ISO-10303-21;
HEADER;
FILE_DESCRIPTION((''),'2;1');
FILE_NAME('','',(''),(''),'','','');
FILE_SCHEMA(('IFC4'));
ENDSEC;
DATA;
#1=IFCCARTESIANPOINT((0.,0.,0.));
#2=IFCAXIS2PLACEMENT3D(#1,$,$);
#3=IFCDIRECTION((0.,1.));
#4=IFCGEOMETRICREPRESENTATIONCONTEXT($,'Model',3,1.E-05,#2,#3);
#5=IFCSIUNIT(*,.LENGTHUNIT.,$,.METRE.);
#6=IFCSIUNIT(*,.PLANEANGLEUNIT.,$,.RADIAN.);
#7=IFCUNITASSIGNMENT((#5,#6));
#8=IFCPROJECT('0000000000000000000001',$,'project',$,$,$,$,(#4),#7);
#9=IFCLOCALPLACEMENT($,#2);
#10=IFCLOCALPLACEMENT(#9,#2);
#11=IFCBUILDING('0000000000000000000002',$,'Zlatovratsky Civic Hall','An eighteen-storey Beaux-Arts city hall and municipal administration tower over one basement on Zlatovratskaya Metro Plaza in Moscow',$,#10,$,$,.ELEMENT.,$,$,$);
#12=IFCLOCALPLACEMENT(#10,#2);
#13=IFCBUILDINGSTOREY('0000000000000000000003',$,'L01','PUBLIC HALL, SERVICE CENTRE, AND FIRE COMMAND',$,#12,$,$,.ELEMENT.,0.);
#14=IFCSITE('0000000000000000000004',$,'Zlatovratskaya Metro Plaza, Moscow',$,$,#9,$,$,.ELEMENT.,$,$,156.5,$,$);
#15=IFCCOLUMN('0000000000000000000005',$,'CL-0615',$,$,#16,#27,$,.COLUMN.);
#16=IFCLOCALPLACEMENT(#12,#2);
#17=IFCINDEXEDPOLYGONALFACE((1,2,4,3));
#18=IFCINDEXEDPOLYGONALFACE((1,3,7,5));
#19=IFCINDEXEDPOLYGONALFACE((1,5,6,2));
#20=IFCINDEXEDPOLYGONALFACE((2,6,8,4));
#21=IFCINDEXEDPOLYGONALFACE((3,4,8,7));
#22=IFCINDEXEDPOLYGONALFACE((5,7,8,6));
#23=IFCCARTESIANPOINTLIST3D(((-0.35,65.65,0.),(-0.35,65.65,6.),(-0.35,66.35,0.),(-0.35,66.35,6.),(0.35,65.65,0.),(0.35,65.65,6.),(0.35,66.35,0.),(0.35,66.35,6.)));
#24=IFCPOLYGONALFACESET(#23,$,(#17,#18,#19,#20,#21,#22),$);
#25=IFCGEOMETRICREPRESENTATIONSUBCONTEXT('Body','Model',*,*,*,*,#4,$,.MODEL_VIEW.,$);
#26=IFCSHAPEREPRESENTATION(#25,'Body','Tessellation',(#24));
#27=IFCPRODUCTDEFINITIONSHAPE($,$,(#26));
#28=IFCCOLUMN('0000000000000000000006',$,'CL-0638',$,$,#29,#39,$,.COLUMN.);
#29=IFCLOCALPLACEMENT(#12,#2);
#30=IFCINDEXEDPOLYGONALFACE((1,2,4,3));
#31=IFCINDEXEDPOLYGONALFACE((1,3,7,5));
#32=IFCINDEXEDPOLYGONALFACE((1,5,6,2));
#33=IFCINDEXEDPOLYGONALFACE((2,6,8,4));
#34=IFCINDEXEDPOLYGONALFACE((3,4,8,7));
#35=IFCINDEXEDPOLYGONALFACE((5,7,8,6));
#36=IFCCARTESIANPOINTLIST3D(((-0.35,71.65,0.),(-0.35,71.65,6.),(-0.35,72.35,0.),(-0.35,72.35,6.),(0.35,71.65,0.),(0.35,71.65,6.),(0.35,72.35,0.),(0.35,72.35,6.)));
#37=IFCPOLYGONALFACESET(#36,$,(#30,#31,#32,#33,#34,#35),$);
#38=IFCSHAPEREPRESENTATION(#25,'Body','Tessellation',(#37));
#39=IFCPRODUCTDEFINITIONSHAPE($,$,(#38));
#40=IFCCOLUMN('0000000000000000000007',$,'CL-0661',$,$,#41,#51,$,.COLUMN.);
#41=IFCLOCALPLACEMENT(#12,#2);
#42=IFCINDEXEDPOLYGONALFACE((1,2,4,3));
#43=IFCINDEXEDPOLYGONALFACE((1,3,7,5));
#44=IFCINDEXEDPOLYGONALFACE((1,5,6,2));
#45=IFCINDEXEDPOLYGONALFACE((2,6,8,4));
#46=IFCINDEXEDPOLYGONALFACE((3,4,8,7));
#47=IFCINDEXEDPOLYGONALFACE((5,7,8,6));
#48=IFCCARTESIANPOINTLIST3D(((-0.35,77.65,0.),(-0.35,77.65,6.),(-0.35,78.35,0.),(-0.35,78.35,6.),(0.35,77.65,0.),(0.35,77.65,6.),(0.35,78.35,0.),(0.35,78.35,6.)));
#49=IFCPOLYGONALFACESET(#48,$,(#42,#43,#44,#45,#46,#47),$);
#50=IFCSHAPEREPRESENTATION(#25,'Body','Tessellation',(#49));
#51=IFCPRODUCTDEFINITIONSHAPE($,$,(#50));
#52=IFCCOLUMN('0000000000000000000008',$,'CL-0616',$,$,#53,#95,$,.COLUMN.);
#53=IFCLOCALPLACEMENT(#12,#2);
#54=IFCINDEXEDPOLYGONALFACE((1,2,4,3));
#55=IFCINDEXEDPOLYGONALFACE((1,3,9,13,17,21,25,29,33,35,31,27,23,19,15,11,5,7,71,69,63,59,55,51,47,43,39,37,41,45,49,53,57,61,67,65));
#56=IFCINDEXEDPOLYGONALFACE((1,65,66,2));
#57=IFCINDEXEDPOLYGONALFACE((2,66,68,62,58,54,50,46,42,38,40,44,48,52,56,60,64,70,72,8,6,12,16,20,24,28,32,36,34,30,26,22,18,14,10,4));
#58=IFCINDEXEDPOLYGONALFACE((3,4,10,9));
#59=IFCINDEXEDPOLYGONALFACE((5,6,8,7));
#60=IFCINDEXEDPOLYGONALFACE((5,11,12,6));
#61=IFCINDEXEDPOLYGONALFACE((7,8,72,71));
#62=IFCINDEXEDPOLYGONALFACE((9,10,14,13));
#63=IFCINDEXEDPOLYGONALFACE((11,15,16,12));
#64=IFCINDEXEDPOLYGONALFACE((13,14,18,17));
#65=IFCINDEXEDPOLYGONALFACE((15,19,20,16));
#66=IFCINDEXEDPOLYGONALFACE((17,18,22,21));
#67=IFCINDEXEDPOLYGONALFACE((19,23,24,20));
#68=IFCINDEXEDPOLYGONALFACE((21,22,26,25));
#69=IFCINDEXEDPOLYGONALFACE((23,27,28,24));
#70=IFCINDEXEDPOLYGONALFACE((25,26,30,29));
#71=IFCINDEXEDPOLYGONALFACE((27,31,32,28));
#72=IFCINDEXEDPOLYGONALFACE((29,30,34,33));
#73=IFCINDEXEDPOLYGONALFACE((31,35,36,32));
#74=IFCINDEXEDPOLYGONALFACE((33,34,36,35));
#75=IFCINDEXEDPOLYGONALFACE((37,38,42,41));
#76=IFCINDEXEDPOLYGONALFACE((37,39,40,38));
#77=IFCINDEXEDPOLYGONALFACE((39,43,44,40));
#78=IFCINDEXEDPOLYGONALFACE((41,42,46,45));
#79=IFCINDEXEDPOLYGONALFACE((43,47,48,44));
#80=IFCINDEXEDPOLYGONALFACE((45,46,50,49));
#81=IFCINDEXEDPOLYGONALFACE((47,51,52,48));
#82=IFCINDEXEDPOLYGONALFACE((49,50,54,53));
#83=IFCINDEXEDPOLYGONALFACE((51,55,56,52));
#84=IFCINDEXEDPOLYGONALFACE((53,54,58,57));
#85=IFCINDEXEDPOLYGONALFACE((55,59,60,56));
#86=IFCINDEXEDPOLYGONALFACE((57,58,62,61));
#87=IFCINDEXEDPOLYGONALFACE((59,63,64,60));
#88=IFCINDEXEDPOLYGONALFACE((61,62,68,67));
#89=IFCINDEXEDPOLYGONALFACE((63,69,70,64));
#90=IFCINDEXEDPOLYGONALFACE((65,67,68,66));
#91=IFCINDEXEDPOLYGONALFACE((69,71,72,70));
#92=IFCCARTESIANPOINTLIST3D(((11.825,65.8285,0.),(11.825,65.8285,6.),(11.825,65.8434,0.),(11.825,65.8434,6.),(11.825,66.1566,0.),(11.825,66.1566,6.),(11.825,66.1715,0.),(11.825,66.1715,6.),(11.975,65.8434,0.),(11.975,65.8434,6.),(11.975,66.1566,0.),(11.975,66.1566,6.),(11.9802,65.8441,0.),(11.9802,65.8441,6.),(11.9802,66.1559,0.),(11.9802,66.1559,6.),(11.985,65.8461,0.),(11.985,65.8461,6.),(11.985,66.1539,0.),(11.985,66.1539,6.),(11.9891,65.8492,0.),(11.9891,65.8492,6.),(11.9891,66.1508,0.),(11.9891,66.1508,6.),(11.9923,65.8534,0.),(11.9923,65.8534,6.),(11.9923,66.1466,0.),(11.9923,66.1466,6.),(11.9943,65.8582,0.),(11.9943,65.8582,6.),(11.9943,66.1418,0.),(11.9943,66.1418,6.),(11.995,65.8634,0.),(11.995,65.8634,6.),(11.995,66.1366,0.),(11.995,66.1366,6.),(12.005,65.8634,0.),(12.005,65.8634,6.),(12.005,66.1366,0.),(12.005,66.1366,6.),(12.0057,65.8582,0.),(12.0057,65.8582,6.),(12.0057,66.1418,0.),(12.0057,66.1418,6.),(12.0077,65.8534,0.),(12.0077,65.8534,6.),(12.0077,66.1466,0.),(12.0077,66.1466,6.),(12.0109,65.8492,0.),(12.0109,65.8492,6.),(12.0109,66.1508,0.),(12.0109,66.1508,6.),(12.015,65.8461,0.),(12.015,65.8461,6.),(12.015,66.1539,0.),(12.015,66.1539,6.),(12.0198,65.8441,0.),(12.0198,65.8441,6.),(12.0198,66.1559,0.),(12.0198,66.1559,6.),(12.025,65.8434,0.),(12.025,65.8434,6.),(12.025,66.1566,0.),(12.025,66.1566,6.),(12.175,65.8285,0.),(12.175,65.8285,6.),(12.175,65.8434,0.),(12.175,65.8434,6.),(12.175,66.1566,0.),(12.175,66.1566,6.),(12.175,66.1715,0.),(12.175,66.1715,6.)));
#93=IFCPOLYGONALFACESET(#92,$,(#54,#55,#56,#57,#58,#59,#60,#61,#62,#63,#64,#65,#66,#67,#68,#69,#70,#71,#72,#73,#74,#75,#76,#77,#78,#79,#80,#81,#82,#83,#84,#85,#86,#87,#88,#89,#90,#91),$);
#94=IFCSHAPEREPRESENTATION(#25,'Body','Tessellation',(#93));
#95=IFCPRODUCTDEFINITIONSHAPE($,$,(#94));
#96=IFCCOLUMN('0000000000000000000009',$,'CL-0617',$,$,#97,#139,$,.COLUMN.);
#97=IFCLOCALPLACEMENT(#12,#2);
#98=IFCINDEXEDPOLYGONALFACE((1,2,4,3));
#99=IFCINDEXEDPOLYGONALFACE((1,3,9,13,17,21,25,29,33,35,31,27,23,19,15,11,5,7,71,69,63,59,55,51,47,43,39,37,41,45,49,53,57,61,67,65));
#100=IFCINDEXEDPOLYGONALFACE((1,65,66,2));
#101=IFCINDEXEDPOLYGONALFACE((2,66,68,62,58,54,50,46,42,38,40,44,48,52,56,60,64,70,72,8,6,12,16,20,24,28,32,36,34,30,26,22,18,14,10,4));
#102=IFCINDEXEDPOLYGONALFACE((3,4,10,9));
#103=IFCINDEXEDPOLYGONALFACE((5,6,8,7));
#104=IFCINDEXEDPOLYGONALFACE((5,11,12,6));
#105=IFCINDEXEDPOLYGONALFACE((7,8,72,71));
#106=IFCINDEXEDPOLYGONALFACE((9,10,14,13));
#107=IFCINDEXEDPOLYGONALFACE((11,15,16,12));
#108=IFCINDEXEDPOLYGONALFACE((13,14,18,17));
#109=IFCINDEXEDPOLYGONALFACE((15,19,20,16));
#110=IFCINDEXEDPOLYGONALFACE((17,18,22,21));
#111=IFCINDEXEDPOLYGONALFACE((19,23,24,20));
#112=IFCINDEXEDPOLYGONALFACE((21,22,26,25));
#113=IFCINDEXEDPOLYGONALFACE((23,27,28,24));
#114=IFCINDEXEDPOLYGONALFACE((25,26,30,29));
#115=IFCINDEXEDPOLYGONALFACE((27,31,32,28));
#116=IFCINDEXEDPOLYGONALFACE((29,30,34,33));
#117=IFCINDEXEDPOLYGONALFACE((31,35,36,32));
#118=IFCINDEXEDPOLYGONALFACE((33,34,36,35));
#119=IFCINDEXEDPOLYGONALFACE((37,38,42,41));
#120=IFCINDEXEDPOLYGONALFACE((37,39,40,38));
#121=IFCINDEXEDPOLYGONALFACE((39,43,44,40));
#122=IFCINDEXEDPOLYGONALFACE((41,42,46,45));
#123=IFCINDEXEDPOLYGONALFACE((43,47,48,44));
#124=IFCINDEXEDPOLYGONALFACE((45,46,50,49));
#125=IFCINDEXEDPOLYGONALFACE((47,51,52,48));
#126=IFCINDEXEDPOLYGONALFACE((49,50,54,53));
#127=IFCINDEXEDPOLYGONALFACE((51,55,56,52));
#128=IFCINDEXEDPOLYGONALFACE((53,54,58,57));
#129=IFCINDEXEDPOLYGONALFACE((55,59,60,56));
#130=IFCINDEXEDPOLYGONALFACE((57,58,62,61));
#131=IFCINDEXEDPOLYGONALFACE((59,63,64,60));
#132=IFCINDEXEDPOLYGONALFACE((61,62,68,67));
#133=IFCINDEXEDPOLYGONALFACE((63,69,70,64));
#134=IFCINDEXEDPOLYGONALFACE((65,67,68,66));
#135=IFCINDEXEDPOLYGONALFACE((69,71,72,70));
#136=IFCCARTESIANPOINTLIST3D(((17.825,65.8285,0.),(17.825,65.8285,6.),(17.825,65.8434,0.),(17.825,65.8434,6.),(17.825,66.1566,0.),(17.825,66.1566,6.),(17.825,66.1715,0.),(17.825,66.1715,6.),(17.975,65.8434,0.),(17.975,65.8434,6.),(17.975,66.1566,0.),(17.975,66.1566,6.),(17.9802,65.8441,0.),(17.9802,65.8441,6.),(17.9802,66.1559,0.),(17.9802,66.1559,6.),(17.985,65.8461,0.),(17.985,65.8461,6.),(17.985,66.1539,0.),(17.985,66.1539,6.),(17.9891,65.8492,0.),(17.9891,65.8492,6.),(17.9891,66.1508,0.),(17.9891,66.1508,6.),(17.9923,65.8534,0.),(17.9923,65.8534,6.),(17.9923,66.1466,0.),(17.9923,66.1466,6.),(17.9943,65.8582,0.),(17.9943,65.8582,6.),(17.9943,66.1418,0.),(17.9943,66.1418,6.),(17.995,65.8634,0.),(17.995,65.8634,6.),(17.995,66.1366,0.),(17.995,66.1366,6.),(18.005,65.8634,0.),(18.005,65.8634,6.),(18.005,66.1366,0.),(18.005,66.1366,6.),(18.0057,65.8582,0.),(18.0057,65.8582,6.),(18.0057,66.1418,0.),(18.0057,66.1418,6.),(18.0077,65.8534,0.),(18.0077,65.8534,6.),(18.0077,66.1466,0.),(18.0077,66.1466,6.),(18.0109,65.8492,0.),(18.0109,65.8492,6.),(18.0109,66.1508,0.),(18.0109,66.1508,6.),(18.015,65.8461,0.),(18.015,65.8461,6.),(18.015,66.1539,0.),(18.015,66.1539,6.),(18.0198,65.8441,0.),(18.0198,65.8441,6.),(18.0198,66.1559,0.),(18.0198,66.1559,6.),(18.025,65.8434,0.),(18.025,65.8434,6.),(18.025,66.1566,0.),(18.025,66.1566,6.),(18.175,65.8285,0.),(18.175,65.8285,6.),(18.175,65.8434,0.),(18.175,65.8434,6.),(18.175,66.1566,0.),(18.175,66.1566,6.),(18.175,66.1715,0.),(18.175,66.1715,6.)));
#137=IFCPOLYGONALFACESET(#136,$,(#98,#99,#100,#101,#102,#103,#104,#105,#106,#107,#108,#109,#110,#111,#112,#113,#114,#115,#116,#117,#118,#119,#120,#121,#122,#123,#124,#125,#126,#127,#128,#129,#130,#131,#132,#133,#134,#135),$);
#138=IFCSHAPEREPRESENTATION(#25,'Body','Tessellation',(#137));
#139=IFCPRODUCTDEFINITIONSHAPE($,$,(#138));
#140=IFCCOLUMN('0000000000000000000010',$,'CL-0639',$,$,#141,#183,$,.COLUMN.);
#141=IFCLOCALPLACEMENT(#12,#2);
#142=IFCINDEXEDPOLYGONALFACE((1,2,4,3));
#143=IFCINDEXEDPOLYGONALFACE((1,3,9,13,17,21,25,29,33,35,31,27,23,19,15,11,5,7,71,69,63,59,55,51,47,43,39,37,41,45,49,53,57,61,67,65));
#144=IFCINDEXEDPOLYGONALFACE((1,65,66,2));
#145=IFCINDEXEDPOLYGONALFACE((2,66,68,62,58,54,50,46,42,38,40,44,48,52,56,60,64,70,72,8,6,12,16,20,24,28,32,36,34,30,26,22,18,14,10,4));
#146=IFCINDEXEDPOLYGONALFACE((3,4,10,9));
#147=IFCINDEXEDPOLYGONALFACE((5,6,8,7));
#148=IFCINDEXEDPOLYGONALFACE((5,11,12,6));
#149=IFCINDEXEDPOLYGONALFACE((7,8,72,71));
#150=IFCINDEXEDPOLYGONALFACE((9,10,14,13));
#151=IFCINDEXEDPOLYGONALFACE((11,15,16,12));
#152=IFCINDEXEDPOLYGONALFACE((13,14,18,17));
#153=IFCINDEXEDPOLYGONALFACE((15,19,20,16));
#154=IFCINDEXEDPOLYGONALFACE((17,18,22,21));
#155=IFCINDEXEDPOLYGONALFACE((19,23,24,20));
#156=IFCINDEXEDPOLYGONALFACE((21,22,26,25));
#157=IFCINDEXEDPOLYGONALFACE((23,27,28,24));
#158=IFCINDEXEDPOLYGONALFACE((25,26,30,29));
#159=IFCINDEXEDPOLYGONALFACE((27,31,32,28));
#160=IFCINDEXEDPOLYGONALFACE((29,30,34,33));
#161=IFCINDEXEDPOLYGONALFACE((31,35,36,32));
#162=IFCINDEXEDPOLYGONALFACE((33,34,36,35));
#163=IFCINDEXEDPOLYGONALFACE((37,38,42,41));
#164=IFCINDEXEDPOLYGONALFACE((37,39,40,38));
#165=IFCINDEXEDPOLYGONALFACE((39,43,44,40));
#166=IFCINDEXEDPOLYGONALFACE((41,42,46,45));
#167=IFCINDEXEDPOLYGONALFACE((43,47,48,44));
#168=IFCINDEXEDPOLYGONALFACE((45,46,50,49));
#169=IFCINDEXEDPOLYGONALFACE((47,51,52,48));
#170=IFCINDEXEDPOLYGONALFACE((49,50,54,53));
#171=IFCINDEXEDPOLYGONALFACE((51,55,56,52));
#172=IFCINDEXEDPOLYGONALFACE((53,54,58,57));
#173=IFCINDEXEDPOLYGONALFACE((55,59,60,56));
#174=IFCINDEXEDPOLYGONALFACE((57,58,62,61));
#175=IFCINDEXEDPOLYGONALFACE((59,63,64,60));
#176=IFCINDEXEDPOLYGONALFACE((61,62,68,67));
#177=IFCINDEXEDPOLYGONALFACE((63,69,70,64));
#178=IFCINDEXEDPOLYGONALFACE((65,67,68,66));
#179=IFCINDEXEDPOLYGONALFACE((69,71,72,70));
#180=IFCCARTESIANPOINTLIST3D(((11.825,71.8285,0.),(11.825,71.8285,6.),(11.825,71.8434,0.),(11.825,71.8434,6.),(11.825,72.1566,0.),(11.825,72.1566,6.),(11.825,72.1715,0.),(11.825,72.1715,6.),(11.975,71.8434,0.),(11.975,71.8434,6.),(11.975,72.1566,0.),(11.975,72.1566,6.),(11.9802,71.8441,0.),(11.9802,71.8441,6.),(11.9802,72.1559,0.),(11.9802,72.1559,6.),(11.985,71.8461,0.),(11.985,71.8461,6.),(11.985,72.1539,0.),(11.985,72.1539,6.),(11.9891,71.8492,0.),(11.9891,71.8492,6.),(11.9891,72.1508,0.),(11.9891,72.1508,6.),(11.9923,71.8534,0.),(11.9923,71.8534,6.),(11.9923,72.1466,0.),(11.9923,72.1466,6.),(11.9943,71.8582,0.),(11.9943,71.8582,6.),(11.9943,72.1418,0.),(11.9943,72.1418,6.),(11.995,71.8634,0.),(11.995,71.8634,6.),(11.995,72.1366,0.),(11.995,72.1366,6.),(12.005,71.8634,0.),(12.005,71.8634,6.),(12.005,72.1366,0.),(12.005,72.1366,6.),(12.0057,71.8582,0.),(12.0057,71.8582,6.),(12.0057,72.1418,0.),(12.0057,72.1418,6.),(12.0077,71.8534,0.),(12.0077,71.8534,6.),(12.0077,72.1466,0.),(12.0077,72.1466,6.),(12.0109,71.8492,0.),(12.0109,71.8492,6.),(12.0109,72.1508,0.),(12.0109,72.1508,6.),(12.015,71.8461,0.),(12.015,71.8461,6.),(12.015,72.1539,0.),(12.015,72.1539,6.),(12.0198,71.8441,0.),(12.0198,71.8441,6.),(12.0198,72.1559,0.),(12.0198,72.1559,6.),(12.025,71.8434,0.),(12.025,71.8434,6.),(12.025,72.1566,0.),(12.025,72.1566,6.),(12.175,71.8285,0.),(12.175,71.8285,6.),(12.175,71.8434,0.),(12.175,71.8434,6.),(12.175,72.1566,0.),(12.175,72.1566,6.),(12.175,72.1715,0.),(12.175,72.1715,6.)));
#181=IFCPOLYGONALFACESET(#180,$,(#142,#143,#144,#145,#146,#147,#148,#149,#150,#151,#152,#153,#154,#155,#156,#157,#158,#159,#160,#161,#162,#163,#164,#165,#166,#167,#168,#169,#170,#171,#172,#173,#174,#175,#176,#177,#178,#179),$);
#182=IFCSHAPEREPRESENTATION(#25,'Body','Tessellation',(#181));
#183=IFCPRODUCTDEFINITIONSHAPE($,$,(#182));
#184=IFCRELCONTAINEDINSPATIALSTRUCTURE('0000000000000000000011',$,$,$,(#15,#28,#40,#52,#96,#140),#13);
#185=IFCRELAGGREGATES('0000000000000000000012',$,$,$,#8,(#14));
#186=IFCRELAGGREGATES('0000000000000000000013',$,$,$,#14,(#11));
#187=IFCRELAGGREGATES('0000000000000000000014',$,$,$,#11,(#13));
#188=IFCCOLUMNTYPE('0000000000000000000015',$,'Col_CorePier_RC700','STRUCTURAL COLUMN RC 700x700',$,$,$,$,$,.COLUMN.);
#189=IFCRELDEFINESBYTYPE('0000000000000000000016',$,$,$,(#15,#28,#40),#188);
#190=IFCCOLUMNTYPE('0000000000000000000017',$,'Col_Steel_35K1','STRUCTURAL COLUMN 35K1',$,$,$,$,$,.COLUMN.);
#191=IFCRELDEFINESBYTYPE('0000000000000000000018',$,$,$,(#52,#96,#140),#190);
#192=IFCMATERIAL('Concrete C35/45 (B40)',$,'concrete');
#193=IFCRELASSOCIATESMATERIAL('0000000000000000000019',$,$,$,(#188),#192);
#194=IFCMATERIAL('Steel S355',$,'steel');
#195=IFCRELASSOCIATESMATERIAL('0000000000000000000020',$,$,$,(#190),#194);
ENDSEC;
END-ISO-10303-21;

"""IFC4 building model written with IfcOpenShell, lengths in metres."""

from ifc_helpers import new_model, si_unit, direction, frame, origin, origin_2d, place, context, subcontext, project, spatial, rectangle, i_section, extrude, material, material_profile, profile_set, type_object, element, save


model = new_model("IFC4")

# Units and contexts
model_context = context("Model", 3, precision=1e-05, world=origin(), true_north=direction((0.0, 1.0)))
body_context = subcontext(model_context, "Body", "Model", "MODEL_VIEW")
ifc_project = project(units=[si_unit("LENGTHUNIT", "METRE"), si_unit("PLANEANGLEUNIT", "RADIAN")], contexts=[model_context])

# Site, building, storey
site_placement = place(None, origin())
site = spatial("IfcSite", under=ifc_project, at=site_placement, Name="Zlatovratskaya Metro Plaza, Moscow", CompositionType="ELEMENT", RefElevation=156.5)
building_placement = place(site_placement, origin())
building = spatial("IfcBuilding", under=site, at=building_placement, Name="Zlatovratsky Civic Hall", Description="An eighteen-storey Beaux-Arts city hall and municipal administration tower over one basement on Zlatovratskaya Metro Plaza in Moscow", CompositionType="ELEMENT")
storey_placement = place(building_placement, origin())
storey = spatial("IfcBuildingStorey", under=building, at=storey_placement, Name="L01", Description="PUBLIC HALL, SERVICE CENTRE, AND FIRE COMMAND", CompositionType="ELEMENT", Elevation=0.0)

# Columns
ifc_material_1 = material(Name="Concrete C35/45 (B40)", Category="concrete")
ifc_material_profile_1 = material_profile(ifc_material_1, rectangle(XDim=0.7, YDim=0.7, at=origin_2d()), Name="RC 700x700")
ifc_profile_set_1 = profile_set([ifc_material_profile_1], Name="Concrete C35/45 (B40)")
column_type_1 = type_object("IfcColumnType", Name="Col_CorePier_RC700", Description="STRUCTURAL COLUMN RC 700x700", PredefinedType="COLUMN", material=ifc_profile_set_1)
for number, where, z_axis, x_axis, name in (
    (1, (0.0, 66.0, 0.0), (0.0, 0.0, 1.0), (1.0, 0.0, 0.0), "CL-0615"),
    (2, (0.0, 72.0, 0.0), (0.0, 0.0, 1.0), (1.0, 0.0, 0.0), "CL-0638"),
    (3, (0.0, 78.0, 0.0), (0.0, 0.0, 1.0), (1.0, 0.0, 0.0), "CL-0661"),
):
    element("IfcColumn", number, at=place(storey_placement, frame(where, z_axis=z_axis, x_axis=x_axis)), inside=storey, type_object=column_type_1, Name=name, PredefinedType="COLUMN", context=body_context, shape_type="SweptSolid", body=[
        extrude(rectangle(XDim=0.7, YDim=0.7, at=origin_2d()), origin(), (0.0, 0.0, 1.0), 6.0),
    ])
ifc_material_2 = material(Name="Steel S355", Category="steel")
ifc_material_profile_2 = material_profile(ifc_material_2, i_section(OverallWidth=0.3501, OverallDepth=0.343, WebThickness=0.01, FlangeThickness=0.0149, FilletRadius=0.02, at=origin_2d()), Name="35K1")
ifc_profile_set_2 = profile_set([ifc_material_profile_2], Name="Steel S355")
column_type_2 = type_object("IfcColumnType", Name="Col_Steel_35K1", Description="STRUCTURAL COLUMN 35K1", PredefinedType="COLUMN", material=ifc_profile_set_2)
for number, where, z_axis, x_axis, name in (
    (4, (12.0, 66.0, 0.0), (0.0, 0.0, 1.0), (1.0, 0.0, 0.0), "CL-0616"),
    (5, (18.0, 66.0, 0.0), (0.0, 0.0, 1.0), (1.0, 0.0, 0.0), "CL-0617"),
    (6, (12.0, 72.0, 0.0), (0.0, 0.0, 1.0), (1.0, 0.0, 0.0), "CL-0639"),
):
    element("IfcColumn", number, at=place(storey_placement, frame(where, z_axis=z_axis, x_axis=x_axis)), inside=storey, type_object=column_type_2, Name=name, PredefinedType="COLUMN", context=body_context, shape_type="SweptSolid", body=[
        extrude(i_section(OverallWidth=0.3501, OverallDepth=0.343, WebThickness=0.01, FlangeThickness=0.0149, FilletRadius=0.02, at=origin_2d()), origin(), (0.0, 0.0, 1.0), 6.0),
    ])

save(model, "model.ifc")
